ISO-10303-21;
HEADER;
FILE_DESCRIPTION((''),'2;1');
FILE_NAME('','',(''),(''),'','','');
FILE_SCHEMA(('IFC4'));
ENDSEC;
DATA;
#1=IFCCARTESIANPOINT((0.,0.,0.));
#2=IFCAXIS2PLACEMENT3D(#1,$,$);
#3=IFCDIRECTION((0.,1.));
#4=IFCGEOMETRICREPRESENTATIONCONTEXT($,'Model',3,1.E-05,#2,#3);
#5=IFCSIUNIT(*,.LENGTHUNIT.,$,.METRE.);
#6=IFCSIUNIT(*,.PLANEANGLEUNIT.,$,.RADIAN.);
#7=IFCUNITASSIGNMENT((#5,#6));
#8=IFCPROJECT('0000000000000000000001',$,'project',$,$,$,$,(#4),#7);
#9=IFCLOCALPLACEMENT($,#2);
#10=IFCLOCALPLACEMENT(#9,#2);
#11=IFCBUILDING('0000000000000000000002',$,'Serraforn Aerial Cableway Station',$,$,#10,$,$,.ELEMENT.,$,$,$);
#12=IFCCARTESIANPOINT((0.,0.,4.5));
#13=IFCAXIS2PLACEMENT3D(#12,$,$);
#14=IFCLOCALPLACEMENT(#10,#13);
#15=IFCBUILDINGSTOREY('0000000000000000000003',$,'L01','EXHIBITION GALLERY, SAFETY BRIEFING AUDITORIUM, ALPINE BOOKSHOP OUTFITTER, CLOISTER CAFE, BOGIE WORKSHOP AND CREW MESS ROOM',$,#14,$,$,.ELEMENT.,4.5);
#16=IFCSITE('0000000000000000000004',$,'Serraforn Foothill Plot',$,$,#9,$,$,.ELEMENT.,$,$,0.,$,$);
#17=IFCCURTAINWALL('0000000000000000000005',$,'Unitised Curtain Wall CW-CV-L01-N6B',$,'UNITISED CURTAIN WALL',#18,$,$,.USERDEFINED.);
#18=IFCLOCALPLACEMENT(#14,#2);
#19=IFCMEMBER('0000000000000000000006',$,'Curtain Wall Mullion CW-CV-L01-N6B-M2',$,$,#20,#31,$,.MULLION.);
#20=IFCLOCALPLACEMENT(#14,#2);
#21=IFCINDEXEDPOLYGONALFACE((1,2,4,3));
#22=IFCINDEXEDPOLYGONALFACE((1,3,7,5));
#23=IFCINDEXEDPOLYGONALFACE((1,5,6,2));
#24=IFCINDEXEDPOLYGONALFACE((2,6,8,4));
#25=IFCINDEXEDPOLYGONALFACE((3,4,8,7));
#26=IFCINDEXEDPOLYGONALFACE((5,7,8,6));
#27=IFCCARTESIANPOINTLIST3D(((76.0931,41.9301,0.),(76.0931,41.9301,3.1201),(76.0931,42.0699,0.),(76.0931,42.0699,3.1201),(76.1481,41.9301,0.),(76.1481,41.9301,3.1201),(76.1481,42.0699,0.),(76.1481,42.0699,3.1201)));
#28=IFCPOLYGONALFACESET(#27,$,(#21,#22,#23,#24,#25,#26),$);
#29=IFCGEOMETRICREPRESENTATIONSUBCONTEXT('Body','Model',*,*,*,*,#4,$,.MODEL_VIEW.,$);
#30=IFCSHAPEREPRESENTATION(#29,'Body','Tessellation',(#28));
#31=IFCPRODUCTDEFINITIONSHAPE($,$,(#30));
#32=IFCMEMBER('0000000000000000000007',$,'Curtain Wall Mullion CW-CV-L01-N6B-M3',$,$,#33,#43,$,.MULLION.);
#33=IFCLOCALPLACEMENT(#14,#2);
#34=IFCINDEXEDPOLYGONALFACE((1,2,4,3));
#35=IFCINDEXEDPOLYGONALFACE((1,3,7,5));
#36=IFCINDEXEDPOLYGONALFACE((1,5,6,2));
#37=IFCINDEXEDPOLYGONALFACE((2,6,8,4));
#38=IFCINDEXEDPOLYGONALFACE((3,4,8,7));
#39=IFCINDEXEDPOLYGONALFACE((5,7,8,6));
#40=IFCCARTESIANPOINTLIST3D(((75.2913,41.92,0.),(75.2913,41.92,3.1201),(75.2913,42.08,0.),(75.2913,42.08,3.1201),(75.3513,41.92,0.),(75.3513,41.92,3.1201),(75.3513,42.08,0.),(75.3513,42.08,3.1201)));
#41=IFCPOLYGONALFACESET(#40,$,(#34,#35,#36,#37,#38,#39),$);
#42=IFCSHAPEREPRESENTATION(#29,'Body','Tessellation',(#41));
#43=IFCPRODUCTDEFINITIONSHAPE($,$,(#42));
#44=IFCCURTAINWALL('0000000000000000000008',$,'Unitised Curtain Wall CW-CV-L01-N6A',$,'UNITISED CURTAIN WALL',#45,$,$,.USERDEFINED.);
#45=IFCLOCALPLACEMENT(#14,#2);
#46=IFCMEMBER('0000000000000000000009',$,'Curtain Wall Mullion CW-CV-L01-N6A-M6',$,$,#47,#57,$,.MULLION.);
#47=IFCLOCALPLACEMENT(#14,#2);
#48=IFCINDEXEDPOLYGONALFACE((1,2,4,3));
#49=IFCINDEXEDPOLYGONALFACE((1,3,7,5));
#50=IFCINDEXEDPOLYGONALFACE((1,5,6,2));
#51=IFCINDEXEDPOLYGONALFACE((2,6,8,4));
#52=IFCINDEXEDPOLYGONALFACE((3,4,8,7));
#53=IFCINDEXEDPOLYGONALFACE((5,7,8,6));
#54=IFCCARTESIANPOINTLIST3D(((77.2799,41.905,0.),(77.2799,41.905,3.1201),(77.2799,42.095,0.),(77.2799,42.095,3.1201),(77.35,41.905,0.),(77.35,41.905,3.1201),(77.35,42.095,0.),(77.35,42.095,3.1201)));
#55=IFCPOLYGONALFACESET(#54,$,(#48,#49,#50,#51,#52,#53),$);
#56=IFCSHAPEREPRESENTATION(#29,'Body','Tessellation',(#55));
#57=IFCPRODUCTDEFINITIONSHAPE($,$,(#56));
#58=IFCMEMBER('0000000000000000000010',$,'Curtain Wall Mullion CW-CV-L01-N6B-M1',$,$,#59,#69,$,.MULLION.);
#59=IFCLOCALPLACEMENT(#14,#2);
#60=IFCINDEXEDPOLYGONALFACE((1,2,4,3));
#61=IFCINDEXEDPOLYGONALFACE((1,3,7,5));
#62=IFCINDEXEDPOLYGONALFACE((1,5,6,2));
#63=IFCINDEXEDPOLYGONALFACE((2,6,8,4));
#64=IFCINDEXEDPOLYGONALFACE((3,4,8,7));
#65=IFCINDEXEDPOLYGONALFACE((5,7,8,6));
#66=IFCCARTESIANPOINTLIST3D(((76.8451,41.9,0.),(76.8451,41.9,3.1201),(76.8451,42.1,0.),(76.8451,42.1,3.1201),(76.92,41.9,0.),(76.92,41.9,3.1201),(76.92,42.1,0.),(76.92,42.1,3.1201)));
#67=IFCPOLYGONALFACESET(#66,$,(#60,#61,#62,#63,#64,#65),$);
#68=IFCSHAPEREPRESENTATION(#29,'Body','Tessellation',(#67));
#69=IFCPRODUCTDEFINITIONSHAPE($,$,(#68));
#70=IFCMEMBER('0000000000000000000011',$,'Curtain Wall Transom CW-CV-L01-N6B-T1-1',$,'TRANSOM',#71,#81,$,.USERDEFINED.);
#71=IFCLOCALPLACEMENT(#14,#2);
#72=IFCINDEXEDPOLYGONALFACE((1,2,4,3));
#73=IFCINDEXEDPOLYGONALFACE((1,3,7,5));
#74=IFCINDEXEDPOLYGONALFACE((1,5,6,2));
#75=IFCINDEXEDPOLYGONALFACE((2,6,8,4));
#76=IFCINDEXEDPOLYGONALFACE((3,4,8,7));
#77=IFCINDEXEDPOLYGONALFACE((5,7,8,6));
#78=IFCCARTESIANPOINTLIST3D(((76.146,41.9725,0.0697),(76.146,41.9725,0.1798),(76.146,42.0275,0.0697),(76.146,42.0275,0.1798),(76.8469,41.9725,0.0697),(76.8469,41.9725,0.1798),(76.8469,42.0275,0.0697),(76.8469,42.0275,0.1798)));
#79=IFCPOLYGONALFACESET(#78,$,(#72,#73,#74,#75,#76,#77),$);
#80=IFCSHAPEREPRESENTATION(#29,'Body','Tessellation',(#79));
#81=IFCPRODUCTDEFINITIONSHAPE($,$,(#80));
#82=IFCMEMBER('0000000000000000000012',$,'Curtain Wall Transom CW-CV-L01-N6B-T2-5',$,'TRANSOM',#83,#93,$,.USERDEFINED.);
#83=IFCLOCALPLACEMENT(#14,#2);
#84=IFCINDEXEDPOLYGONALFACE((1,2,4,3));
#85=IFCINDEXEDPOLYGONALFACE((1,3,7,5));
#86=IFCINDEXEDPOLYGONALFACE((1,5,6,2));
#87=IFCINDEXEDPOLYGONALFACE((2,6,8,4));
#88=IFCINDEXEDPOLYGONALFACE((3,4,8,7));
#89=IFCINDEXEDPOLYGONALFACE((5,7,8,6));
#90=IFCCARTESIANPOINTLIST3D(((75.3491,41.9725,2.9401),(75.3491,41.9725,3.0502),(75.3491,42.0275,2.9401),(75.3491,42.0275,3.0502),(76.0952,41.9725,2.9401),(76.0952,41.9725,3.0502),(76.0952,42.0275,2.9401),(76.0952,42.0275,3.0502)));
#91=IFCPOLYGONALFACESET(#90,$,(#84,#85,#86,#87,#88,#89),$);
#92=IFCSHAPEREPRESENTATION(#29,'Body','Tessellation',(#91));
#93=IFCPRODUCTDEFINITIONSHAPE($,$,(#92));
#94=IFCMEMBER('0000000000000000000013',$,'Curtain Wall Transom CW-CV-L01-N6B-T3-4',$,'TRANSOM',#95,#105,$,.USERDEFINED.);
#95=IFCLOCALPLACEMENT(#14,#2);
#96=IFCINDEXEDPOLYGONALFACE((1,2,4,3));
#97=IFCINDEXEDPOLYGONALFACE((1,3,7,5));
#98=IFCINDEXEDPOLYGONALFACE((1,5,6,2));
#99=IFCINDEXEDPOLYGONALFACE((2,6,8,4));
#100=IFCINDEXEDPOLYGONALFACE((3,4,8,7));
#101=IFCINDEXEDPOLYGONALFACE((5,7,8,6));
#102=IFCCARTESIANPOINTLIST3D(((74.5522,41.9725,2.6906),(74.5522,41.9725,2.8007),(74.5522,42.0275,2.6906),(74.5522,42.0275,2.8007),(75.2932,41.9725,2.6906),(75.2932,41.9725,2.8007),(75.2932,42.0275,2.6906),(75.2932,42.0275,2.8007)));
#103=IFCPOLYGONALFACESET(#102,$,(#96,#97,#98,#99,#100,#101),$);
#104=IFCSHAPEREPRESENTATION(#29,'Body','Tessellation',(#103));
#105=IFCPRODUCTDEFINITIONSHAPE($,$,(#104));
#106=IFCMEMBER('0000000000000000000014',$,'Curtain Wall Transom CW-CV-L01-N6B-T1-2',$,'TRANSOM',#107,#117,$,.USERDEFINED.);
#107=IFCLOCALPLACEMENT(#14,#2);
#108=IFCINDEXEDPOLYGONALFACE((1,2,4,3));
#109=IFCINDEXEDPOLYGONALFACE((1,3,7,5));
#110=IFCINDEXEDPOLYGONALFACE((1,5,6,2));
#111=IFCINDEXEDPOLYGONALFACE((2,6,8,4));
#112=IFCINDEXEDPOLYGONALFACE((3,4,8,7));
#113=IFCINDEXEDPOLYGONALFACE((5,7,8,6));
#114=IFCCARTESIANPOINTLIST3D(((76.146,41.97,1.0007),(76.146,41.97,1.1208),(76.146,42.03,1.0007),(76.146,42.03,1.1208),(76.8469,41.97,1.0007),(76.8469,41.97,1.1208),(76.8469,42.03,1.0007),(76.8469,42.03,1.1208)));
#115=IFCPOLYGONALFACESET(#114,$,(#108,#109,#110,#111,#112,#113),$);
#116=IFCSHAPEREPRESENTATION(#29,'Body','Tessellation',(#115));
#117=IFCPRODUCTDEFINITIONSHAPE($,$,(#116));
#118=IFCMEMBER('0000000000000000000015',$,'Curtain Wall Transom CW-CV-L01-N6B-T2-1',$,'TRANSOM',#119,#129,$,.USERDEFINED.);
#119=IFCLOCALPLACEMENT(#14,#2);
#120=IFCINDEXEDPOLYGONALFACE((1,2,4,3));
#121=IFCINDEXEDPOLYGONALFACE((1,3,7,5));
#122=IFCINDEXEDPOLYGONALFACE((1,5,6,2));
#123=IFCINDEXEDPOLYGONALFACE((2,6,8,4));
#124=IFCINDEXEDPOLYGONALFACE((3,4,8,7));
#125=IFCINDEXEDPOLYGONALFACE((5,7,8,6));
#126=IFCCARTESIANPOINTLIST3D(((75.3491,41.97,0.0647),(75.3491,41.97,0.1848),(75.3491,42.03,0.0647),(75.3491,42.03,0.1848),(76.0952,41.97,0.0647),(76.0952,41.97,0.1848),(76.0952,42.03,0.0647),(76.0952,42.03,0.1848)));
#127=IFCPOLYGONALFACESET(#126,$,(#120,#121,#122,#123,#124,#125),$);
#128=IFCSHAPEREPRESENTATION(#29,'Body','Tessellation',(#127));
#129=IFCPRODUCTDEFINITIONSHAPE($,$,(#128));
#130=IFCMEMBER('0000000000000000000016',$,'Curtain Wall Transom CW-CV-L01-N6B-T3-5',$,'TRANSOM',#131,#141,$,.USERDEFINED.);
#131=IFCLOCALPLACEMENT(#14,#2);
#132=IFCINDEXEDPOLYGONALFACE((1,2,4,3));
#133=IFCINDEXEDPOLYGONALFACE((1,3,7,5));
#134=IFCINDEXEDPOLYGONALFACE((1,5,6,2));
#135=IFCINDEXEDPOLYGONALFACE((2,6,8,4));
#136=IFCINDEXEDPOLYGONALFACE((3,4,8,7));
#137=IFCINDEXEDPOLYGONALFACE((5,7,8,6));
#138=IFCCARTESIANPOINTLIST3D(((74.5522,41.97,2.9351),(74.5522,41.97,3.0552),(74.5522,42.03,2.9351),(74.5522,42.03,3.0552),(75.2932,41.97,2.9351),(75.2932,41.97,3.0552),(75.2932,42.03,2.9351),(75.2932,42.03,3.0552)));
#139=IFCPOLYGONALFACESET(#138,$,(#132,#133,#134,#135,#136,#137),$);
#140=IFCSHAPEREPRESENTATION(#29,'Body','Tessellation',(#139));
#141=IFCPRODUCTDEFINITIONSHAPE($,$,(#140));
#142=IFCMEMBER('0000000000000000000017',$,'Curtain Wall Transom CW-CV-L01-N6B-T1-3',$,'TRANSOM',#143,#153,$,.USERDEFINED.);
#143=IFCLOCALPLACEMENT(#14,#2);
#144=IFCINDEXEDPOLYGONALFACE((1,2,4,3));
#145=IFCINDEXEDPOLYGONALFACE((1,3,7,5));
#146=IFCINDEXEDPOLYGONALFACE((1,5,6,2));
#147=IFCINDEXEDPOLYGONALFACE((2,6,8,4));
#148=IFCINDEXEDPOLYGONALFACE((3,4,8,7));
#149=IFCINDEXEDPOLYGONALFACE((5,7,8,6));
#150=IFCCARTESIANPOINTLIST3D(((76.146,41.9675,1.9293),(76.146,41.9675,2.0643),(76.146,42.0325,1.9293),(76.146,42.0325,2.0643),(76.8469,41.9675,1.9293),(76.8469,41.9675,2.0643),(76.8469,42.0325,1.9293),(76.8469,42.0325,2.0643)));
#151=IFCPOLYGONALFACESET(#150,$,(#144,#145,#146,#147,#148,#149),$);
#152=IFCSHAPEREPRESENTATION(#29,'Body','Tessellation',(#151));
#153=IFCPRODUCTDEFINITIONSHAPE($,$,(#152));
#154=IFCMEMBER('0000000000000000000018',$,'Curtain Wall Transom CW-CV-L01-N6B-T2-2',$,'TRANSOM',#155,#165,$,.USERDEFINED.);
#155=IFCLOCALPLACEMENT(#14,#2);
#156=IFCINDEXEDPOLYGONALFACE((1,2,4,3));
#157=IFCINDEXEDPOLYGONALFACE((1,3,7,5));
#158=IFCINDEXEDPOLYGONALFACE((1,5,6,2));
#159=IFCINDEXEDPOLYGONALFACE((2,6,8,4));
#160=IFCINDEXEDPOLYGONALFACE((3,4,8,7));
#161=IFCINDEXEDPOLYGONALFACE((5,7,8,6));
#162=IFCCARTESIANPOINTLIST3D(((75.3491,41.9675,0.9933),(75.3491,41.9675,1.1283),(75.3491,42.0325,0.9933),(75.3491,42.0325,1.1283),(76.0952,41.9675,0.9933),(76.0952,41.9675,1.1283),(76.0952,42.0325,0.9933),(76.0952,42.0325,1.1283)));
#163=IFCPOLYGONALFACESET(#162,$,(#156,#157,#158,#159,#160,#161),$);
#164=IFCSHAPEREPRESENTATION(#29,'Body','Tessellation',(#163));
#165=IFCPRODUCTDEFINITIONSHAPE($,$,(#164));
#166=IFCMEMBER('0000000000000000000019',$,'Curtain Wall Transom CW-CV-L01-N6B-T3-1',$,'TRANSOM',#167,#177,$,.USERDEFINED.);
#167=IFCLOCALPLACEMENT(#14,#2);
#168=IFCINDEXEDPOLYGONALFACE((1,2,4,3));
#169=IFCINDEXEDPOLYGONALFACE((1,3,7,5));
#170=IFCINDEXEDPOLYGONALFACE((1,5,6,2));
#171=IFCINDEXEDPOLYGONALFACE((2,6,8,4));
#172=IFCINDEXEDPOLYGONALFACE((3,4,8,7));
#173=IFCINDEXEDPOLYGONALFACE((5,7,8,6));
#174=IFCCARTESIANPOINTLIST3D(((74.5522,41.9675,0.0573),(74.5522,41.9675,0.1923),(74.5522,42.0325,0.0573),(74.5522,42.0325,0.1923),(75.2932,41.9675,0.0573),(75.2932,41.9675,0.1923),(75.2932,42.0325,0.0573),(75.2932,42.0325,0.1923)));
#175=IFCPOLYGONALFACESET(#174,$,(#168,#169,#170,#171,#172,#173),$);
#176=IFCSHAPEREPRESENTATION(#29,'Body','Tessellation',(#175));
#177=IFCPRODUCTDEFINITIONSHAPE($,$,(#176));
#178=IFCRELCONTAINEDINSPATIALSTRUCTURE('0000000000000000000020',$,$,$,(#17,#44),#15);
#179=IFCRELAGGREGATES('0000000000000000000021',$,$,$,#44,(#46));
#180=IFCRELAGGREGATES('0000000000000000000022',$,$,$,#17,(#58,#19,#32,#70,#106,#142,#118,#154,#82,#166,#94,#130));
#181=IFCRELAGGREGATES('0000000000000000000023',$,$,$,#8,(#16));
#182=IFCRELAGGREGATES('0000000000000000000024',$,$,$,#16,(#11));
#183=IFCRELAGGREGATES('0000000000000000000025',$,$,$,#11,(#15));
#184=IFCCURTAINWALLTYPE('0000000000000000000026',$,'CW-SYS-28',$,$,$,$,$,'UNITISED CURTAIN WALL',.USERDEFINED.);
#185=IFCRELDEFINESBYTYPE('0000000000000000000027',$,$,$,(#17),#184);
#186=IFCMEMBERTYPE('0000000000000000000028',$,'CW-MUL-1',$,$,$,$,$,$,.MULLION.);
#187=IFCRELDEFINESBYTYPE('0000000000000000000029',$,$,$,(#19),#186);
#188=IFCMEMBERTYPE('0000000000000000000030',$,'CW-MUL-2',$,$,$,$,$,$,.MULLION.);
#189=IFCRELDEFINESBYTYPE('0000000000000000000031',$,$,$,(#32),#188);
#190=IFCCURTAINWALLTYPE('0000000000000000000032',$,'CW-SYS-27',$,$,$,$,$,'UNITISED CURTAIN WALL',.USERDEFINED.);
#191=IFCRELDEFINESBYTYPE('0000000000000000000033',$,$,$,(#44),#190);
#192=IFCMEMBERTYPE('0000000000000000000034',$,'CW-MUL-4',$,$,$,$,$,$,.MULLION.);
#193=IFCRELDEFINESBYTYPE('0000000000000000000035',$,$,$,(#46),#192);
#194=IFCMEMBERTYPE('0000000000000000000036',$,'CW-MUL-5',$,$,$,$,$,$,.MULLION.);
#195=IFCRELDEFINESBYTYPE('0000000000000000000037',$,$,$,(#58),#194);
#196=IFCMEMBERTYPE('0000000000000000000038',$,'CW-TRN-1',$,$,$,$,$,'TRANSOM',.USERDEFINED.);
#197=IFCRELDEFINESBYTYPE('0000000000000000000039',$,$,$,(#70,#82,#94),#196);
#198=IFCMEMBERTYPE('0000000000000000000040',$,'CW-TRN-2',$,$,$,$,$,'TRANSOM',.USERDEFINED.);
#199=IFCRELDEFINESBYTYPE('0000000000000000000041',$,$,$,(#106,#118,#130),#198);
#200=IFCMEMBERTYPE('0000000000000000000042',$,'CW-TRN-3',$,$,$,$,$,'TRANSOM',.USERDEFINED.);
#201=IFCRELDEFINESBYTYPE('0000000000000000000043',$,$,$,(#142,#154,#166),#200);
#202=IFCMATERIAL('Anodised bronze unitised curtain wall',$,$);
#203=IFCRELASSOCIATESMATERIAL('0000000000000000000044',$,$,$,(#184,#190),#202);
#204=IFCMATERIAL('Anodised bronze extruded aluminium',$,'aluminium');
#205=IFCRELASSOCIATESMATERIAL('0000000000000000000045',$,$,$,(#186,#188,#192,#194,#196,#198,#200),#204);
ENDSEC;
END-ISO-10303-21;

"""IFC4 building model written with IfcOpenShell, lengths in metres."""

from ifc_helpers import new_model, si_unit, direction, frame, origin, origin_2d, place, context, subcontext, project, spatial, rectangle, extrude, material, material_profile, profile_set, type_object, element, aggregate, save


model = new_model("IFC4")

# Units and contexts
model_context = context("Model", 3, precision=1e-05, world=origin(), true_north=direction((0.0, 1.0)))
body_context = subcontext(model_context, "Body", "Model", "MODEL_VIEW")
ifc_project = project(units=[si_unit("LENGTHUNIT", "METRE"), si_unit("PLANEANGLEUNIT", "RADIAN")], contexts=[model_context])

# Site, building, storey
site_placement = place(None, origin())
site = spatial("IfcSite", under=ifc_project, at=site_placement, Name="Serraforn Foothill Plot", CompositionType="ELEMENT", RefElevation=0.0)
building_placement = place(site_placement, origin())
building = spatial("IfcBuilding", under=site, at=building_placement, Name="Serraforn Aerial Cableway Station", CompositionType="ELEMENT")
storey_placement = place(building_placement, frame((0.0, 0.0, 4.5)))
storey = spatial("IfcBuildingStorey", under=building, at=storey_placement, Name="L01", Description="EXHIBITION GALLERY, SAFETY BRIEFING AUDITORIUM, ALPINE BOOKSHOP OUTFITTER, CLOISTER CAFE, BOGIE WORKSHOP AND CREW MESS ROOM", CompositionType="ELEMENT", Elevation=4.5)

# Curtain wall, members
ifc_material_1 = material(Name="Anodised bronze unitised curtain wall")
curtain_wall_type_1 = type_object("IfcCurtainWallType", Name="CW-SYS-28", ElementType="UNITISED CURTAIN WALL", PredefinedType="USERDEFINED", material=ifc_material_1)
curtain_wall_1_placement = place(storey_placement, origin())
curtain_wall_1 = element("IfcCurtainWall", 1, at=curtain_wall_1_placement, inside=storey, type_object=curtain_wall_type_1, Name="Unitised Curtain Wall CW-CV-L01-N6B", ObjectType="UNITISED CURTAIN WALL", PredefinedType="USERDEFINED")
ifc_material_2 = material(Name="Anodised bronze extruded aluminium", Category="aluminium")
ifc_material_profile_1 = material_profile(ifc_material_2, rectangle(XDim=0.0549, YDim=0.1399, at=origin_2d()), Name="CW MULLION 55x140")
ifc_profile_set_1 = profile_set([ifc_material_profile_1], Name="Anodised bronze extruded aluminium")
member_type_1 = type_object("IfcMemberType", Name="CW-MUL-1", PredefinedType="MULLION", material=ifc_profile_set_1)
member_1_placement = place(storey_placement, frame((76.1206, 42.0, 0.0), z_axis=(0.0, 0.0, 1.0), x_axis=(-1.0, 0.0, 0.0)))
member_1 = element("IfcMember", 2, at=member_1_placement, type_object=member_type_1, Name="Curtain Wall Mullion CW-CV-L01-N6B-M2", PredefinedType="MULLION", context=body_context, shape_type="SweptSolid", body=[
    extrude(rectangle(XDim=0.0549, YDim=0.1399, at=origin_2d()), origin(), (0.0, 0.0, 1.0), 3.1201),
])
ifc_material_profile_2 = material_profile(ifc_material_2, rectangle(XDim=0.0601, YDim=0.1599, at=origin_2d()), Name="CW MULLION 60x160")
ifc_profile_set_2 = profile_set([ifc_material_profile_2], Name="Anodised bronze extruded aluminium")
member_type_2 = type_object("IfcMemberType", Name="CW-MUL-2", PredefinedType="MULLION", material=ifc_profile_set_2)
member_2_placement = place(storey_placement, frame((75.3213, 42.0, 0.0), z_axis=(0.0, 0.0, 1.0), x_axis=(-1.0, 0.0, 0.0)))
member_2 = element("IfcMember", 3, at=member_2_placement, type_object=member_type_2, Name="Curtain Wall Mullion CW-CV-L01-N6B-M3", PredefinedType="MULLION", context=body_context, shape_type="SweptSolid", body=[
    extrude(rectangle(XDim=0.0601, YDim=0.1599, at=origin_2d()), origin(), (0.0, 0.0, 1.0), 3.1201),
])

# Curtain wall, member
curtain_wall_type_2 = type_object("IfcCurtainWallType", Name="CW-SYS-27", ElementType="UNITISED CURTAIN WALL", PredefinedType="USERDEFINED", material=ifc_material_1)
curtain_wall_2_placement = place(storey_placement, origin())
curtain_wall_2 = element("IfcCurtainWall", 4, at=curtain_wall_2_placement, inside=storey, type_object=curtain_wall_type_2, Name="Unitised Curtain Wall CW-CV-L01-N6A", ObjectType="UNITISED CURTAIN WALL", PredefinedType="USERDEFINED")
ifc_material_profile_3 = material_profile(ifc_material_2, rectangle(XDim=0.0701, YDim=0.1899, at=origin_2d()), Name="CW MULLION 70x190")
ifc_profile_set_3 = profile_set([ifc_material_profile_3], Name="Anodised bronze extruded aluminium")
member_type_3 = type_object("IfcMemberType", Name="CW-MUL-4", PredefinedType="MULLION", material=ifc_profile_set_3)
member_3_placement = place(storey_placement, frame((77.3149, 42.0, 0.0), z_axis=(0.0, 0.0, 1.0), x_axis=(-1.0, 0.0, 0.0)))
member_3 = element("IfcMember", 5, at=member_3_placement, type_object=member_type_3, Name="Curtain Wall Mullion CW-CV-L01-N6A-M6", PredefinedType="MULLION", context=body_context, shape_type="SweptSolid", body=[
    extrude(rectangle(XDim=0.0701, YDim=0.1899, at=origin_2d()), origin(), (0.0, 0.0, 1.0), 3.1201),
])

# Members
ifc_material_profile_4 = material_profile(ifc_material_2, rectangle(XDim=0.075, YDim=0.2, at=origin_2d()), Name="CW MULLION 75x200")
ifc_profile_set_4 = profile_set([ifc_material_profile_4], Name="Anodised bronze extruded aluminium")
member_type_4 = type_object("IfcMemberType", Name="CW-MUL-5", PredefinedType="MULLION", material=ifc_profile_set_4)
member_4_placement = place(storey_placement, frame((76.8826, 42.0, 0.0), z_axis=(0.0, 0.0, 1.0), x_axis=(-1.0, 0.0, 0.0)))
member_4 = element("IfcMember", 6, at=member_4_placement, type_object=member_type_4, Name="Curtain Wall Mullion CW-CV-L01-N6B-M1", PredefinedType="MULLION", context=body_context, shape_type="SweptSolid", body=[
    extrude(rectangle(XDim=0.075, YDim=0.2, at=origin_2d()), origin(), (0.0, 0.0, 1.0), 3.1201),
])
ifc_material_profile_5 = material_profile(ifc_material_2, rectangle(XDim=0.0549, YDim=0.1101, at=origin_2d()), Name="CW TRANSOM 55x110")
ifc_profile_set_5 = profile_set([ifc_material_profile_5], Name="Anodised bronze extruded aluminium")
member_type_5 = type_object("IfcMemberType", Name="CW-TRN-1", ElementType="TRANSOM", PredefinedType="USERDEFINED", material=ifc_profile_set_5)
member_5_placement = place(storey_placement, frame((76.8469, 42.0, 0.1248), z_axis=(-1.0, 0.0, 0.0), x_axis=(0.0, -1.0, 0.0)))
member_5 = element("IfcMember", 7, at=member_5_placement, type_object=member_type_5, Name="Curtain Wall Transom CW-CV-L01-N6B-T1-1", ObjectType="TRANSOM", PredefinedType="USERDEFINED", context=body_context, shape_type="SweptSolid", body=[
    extrude(rectangle(XDim=0.0549, YDim=0.1101, at=origin_2d()), origin(), (0.0, 0.0, 1.0), 0.7009),
])
member_6_placement = place(storey_placement, frame((76.0952, 42.0, 2.9951), z_axis=(-1.0, 0.0, 0.0), x_axis=(0.0, -1.0, 0.0)))
member_6 = element("IfcMember", 8, at=member_6_placement, type_object=member_type_5, Name="Curtain Wall Transom CW-CV-L01-N6B-T2-5", ObjectType="TRANSOM", PredefinedType="USERDEFINED", context=body_context, shape_type="SweptSolid", body=[
    extrude(rectangle(XDim=0.0549, YDim=0.1101, at=origin_2d()), origin(), (0.0, 0.0, 1.0), 0.7461),
])
member_7_placement = place(storey_placement, frame((75.2932, 42.0, 2.7456), z_axis=(-1.0, 0.0, 0.0), x_axis=(0.0, -1.0, 0.0)))
member_7 = element("IfcMember", 9, at=member_7_placement, type_object=member_type_5, Name="Curtain Wall Transom CW-CV-L01-N6B-T3-4", ObjectType="TRANSOM", PredefinedType="USERDEFINED", context=body_context, shape_type="SweptSolid", body=[
    extrude(rectangle(XDim=0.0549, YDim=0.1101, at=origin_2d()), origin(), (0.0, 0.0, 1.0), 0.741),
])
ifc_material_profile_6 = material_profile(ifc_material_2, rectangle(XDim=0.0601, YDim=0.1201, at=origin_2d()), Name="CW TRANSOM 60x120")
ifc_profile_set_6 = profile_set([ifc_material_profile_6], Name="Anodised bronze extruded aluminium")
member_type_6 = type_object("IfcMemberType", Name="CW-TRN-2", ElementType="TRANSOM", PredefinedType="USERDEFINED", material=ifc_profile_set_6)
member_8_placement = place(storey_placement, frame((76.8469, 42.0, 1.0608), z_axis=(-1.0, 0.0, 0.0), x_axis=(0.0, -1.0, 0.0)))
member_8 = element("IfcMember", 10, at=member_8_placement, type_object=member_type_6, Name="Curtain Wall Transom CW-CV-L01-N6B-T1-2", ObjectType="TRANSOM", PredefinedType="USERDEFINED", context=body_context, shape_type="SweptSolid", body=[
    extrude(rectangle(XDim=0.0601, YDim=0.1201, at=origin_2d()), origin(), (0.0, 0.0, 1.0), 0.7009),
])
member_9_placement = place(storey_placement, frame((76.0952, 42.0, 0.1248), z_axis=(-1.0, 0.0, 0.0), x_axis=(0.0, -1.0, 0.0)))
member_9 = element("IfcMember", 11, at=member_9_placement, type_object=member_type_6, Name="Curtain Wall Transom CW-CV-L01-N6B-T2-1", ObjectType="TRANSOM", PredefinedType="USERDEFINED", context=body_context, shape_type="SweptSolid", body=[
    extrude(rectangle(XDim=0.0601, YDim=0.1201, at=origin_2d()), origin(), (0.0, 0.0, 1.0), 0.7461),
])
member_10_placement = place(storey_placement, frame((75.2932, 42.0, 2.9951), z_axis=(-1.0, 0.0, 0.0), x_axis=(0.0, -1.0, 0.0)))
member_10 = element("IfcMember", 12, at=member_10_placement, type_object=member_type_6, Name="Curtain Wall Transom CW-CV-L01-N6B-T3-5", ObjectType="TRANSOM", PredefinedType="USERDEFINED", context=body_context, shape_type="SweptSolid", body=[
    extrude(rectangle(XDim=0.0601, YDim=0.1201, at=origin_2d()), origin(), (0.0, 0.0, 1.0), 0.741),
])
ifc_material_profile_7 = material_profile(ifc_material_2, rectangle(XDim=0.0649, YDim=0.135, at=origin_2d()), Name="CW TRANSOM 65x135")
ifc_profile_set_7 = profile_set([ifc_material_profile_7], Name="Anodised bronze extruded aluminium")
member_type_7 = type_object("IfcMemberType", Name="CW-TRN-3", ElementType="TRANSOM", PredefinedType="USERDEFINED", material=ifc_profile_set_7)
member_11_placement = place(storey_placement, frame((76.8469, 42.0, 1.9968), z_axis=(-1.0, 0.0, 0.0), x_axis=(0.0, -1.0, 0.0)))
member_11 = element("IfcMember", 13, at=member_11_placement, type_object=member_type_7, Name="Curtain Wall Transom CW-CV-L01-N6B-T1-3", ObjectType="TRANSOM", PredefinedType="USERDEFINED", context=body_context, shape_type="SweptSolid", body=[
    extrude(rectangle(XDim=0.0649, YDim=0.135, at=origin_2d()), origin(), (0.0, 0.0, 1.0), 0.7009),
])
member_12_placement = place(storey_placement, frame((76.0952, 42.0, 1.0608), z_axis=(-1.0, 0.0, 0.0), x_axis=(0.0, -1.0, 0.0)))
member_12 = element("IfcMember", 14, at=member_12_placement, type_object=member_type_7, Name="Curtain Wall Transom CW-CV-L01-N6B-T2-2", ObjectType="TRANSOM", PredefinedType="USERDEFINED", context=body_context, shape_type="SweptSolid", body=[
    extrude(rectangle(XDim=0.0649, YDim=0.135, at=origin_2d()), origin(), (0.0, 0.0, 1.0), 0.7461),
])
member_13_placement = place(storey_placement, frame((75.2932, 42.0, 0.1248), z_axis=(-1.0, 0.0, 0.0), x_axis=(0.0, -1.0, 0.0)))
member_13 = element("IfcMember", 15, at=member_13_placement, type_object=member_type_7, Name="Curtain Wall Transom CW-CV-L01-N6B-T3-1", ObjectType="TRANSOM", PredefinedType="USERDEFINED", context=body_context, shape_type="SweptSolid", body=[
    extrude(rectangle(XDim=0.0649, YDim=0.135, at=origin_2d()), origin(), (0.0, 0.0, 1.0), 0.741),
])

aggregate(curtain_wall_2, [member_3])
aggregate(curtain_wall_1, [member_4, member_1, member_2, member_5, member_8, member_11, member_9, member_12, member_6, member_13, member_7, member_10])

save(model, "model.ifc")
